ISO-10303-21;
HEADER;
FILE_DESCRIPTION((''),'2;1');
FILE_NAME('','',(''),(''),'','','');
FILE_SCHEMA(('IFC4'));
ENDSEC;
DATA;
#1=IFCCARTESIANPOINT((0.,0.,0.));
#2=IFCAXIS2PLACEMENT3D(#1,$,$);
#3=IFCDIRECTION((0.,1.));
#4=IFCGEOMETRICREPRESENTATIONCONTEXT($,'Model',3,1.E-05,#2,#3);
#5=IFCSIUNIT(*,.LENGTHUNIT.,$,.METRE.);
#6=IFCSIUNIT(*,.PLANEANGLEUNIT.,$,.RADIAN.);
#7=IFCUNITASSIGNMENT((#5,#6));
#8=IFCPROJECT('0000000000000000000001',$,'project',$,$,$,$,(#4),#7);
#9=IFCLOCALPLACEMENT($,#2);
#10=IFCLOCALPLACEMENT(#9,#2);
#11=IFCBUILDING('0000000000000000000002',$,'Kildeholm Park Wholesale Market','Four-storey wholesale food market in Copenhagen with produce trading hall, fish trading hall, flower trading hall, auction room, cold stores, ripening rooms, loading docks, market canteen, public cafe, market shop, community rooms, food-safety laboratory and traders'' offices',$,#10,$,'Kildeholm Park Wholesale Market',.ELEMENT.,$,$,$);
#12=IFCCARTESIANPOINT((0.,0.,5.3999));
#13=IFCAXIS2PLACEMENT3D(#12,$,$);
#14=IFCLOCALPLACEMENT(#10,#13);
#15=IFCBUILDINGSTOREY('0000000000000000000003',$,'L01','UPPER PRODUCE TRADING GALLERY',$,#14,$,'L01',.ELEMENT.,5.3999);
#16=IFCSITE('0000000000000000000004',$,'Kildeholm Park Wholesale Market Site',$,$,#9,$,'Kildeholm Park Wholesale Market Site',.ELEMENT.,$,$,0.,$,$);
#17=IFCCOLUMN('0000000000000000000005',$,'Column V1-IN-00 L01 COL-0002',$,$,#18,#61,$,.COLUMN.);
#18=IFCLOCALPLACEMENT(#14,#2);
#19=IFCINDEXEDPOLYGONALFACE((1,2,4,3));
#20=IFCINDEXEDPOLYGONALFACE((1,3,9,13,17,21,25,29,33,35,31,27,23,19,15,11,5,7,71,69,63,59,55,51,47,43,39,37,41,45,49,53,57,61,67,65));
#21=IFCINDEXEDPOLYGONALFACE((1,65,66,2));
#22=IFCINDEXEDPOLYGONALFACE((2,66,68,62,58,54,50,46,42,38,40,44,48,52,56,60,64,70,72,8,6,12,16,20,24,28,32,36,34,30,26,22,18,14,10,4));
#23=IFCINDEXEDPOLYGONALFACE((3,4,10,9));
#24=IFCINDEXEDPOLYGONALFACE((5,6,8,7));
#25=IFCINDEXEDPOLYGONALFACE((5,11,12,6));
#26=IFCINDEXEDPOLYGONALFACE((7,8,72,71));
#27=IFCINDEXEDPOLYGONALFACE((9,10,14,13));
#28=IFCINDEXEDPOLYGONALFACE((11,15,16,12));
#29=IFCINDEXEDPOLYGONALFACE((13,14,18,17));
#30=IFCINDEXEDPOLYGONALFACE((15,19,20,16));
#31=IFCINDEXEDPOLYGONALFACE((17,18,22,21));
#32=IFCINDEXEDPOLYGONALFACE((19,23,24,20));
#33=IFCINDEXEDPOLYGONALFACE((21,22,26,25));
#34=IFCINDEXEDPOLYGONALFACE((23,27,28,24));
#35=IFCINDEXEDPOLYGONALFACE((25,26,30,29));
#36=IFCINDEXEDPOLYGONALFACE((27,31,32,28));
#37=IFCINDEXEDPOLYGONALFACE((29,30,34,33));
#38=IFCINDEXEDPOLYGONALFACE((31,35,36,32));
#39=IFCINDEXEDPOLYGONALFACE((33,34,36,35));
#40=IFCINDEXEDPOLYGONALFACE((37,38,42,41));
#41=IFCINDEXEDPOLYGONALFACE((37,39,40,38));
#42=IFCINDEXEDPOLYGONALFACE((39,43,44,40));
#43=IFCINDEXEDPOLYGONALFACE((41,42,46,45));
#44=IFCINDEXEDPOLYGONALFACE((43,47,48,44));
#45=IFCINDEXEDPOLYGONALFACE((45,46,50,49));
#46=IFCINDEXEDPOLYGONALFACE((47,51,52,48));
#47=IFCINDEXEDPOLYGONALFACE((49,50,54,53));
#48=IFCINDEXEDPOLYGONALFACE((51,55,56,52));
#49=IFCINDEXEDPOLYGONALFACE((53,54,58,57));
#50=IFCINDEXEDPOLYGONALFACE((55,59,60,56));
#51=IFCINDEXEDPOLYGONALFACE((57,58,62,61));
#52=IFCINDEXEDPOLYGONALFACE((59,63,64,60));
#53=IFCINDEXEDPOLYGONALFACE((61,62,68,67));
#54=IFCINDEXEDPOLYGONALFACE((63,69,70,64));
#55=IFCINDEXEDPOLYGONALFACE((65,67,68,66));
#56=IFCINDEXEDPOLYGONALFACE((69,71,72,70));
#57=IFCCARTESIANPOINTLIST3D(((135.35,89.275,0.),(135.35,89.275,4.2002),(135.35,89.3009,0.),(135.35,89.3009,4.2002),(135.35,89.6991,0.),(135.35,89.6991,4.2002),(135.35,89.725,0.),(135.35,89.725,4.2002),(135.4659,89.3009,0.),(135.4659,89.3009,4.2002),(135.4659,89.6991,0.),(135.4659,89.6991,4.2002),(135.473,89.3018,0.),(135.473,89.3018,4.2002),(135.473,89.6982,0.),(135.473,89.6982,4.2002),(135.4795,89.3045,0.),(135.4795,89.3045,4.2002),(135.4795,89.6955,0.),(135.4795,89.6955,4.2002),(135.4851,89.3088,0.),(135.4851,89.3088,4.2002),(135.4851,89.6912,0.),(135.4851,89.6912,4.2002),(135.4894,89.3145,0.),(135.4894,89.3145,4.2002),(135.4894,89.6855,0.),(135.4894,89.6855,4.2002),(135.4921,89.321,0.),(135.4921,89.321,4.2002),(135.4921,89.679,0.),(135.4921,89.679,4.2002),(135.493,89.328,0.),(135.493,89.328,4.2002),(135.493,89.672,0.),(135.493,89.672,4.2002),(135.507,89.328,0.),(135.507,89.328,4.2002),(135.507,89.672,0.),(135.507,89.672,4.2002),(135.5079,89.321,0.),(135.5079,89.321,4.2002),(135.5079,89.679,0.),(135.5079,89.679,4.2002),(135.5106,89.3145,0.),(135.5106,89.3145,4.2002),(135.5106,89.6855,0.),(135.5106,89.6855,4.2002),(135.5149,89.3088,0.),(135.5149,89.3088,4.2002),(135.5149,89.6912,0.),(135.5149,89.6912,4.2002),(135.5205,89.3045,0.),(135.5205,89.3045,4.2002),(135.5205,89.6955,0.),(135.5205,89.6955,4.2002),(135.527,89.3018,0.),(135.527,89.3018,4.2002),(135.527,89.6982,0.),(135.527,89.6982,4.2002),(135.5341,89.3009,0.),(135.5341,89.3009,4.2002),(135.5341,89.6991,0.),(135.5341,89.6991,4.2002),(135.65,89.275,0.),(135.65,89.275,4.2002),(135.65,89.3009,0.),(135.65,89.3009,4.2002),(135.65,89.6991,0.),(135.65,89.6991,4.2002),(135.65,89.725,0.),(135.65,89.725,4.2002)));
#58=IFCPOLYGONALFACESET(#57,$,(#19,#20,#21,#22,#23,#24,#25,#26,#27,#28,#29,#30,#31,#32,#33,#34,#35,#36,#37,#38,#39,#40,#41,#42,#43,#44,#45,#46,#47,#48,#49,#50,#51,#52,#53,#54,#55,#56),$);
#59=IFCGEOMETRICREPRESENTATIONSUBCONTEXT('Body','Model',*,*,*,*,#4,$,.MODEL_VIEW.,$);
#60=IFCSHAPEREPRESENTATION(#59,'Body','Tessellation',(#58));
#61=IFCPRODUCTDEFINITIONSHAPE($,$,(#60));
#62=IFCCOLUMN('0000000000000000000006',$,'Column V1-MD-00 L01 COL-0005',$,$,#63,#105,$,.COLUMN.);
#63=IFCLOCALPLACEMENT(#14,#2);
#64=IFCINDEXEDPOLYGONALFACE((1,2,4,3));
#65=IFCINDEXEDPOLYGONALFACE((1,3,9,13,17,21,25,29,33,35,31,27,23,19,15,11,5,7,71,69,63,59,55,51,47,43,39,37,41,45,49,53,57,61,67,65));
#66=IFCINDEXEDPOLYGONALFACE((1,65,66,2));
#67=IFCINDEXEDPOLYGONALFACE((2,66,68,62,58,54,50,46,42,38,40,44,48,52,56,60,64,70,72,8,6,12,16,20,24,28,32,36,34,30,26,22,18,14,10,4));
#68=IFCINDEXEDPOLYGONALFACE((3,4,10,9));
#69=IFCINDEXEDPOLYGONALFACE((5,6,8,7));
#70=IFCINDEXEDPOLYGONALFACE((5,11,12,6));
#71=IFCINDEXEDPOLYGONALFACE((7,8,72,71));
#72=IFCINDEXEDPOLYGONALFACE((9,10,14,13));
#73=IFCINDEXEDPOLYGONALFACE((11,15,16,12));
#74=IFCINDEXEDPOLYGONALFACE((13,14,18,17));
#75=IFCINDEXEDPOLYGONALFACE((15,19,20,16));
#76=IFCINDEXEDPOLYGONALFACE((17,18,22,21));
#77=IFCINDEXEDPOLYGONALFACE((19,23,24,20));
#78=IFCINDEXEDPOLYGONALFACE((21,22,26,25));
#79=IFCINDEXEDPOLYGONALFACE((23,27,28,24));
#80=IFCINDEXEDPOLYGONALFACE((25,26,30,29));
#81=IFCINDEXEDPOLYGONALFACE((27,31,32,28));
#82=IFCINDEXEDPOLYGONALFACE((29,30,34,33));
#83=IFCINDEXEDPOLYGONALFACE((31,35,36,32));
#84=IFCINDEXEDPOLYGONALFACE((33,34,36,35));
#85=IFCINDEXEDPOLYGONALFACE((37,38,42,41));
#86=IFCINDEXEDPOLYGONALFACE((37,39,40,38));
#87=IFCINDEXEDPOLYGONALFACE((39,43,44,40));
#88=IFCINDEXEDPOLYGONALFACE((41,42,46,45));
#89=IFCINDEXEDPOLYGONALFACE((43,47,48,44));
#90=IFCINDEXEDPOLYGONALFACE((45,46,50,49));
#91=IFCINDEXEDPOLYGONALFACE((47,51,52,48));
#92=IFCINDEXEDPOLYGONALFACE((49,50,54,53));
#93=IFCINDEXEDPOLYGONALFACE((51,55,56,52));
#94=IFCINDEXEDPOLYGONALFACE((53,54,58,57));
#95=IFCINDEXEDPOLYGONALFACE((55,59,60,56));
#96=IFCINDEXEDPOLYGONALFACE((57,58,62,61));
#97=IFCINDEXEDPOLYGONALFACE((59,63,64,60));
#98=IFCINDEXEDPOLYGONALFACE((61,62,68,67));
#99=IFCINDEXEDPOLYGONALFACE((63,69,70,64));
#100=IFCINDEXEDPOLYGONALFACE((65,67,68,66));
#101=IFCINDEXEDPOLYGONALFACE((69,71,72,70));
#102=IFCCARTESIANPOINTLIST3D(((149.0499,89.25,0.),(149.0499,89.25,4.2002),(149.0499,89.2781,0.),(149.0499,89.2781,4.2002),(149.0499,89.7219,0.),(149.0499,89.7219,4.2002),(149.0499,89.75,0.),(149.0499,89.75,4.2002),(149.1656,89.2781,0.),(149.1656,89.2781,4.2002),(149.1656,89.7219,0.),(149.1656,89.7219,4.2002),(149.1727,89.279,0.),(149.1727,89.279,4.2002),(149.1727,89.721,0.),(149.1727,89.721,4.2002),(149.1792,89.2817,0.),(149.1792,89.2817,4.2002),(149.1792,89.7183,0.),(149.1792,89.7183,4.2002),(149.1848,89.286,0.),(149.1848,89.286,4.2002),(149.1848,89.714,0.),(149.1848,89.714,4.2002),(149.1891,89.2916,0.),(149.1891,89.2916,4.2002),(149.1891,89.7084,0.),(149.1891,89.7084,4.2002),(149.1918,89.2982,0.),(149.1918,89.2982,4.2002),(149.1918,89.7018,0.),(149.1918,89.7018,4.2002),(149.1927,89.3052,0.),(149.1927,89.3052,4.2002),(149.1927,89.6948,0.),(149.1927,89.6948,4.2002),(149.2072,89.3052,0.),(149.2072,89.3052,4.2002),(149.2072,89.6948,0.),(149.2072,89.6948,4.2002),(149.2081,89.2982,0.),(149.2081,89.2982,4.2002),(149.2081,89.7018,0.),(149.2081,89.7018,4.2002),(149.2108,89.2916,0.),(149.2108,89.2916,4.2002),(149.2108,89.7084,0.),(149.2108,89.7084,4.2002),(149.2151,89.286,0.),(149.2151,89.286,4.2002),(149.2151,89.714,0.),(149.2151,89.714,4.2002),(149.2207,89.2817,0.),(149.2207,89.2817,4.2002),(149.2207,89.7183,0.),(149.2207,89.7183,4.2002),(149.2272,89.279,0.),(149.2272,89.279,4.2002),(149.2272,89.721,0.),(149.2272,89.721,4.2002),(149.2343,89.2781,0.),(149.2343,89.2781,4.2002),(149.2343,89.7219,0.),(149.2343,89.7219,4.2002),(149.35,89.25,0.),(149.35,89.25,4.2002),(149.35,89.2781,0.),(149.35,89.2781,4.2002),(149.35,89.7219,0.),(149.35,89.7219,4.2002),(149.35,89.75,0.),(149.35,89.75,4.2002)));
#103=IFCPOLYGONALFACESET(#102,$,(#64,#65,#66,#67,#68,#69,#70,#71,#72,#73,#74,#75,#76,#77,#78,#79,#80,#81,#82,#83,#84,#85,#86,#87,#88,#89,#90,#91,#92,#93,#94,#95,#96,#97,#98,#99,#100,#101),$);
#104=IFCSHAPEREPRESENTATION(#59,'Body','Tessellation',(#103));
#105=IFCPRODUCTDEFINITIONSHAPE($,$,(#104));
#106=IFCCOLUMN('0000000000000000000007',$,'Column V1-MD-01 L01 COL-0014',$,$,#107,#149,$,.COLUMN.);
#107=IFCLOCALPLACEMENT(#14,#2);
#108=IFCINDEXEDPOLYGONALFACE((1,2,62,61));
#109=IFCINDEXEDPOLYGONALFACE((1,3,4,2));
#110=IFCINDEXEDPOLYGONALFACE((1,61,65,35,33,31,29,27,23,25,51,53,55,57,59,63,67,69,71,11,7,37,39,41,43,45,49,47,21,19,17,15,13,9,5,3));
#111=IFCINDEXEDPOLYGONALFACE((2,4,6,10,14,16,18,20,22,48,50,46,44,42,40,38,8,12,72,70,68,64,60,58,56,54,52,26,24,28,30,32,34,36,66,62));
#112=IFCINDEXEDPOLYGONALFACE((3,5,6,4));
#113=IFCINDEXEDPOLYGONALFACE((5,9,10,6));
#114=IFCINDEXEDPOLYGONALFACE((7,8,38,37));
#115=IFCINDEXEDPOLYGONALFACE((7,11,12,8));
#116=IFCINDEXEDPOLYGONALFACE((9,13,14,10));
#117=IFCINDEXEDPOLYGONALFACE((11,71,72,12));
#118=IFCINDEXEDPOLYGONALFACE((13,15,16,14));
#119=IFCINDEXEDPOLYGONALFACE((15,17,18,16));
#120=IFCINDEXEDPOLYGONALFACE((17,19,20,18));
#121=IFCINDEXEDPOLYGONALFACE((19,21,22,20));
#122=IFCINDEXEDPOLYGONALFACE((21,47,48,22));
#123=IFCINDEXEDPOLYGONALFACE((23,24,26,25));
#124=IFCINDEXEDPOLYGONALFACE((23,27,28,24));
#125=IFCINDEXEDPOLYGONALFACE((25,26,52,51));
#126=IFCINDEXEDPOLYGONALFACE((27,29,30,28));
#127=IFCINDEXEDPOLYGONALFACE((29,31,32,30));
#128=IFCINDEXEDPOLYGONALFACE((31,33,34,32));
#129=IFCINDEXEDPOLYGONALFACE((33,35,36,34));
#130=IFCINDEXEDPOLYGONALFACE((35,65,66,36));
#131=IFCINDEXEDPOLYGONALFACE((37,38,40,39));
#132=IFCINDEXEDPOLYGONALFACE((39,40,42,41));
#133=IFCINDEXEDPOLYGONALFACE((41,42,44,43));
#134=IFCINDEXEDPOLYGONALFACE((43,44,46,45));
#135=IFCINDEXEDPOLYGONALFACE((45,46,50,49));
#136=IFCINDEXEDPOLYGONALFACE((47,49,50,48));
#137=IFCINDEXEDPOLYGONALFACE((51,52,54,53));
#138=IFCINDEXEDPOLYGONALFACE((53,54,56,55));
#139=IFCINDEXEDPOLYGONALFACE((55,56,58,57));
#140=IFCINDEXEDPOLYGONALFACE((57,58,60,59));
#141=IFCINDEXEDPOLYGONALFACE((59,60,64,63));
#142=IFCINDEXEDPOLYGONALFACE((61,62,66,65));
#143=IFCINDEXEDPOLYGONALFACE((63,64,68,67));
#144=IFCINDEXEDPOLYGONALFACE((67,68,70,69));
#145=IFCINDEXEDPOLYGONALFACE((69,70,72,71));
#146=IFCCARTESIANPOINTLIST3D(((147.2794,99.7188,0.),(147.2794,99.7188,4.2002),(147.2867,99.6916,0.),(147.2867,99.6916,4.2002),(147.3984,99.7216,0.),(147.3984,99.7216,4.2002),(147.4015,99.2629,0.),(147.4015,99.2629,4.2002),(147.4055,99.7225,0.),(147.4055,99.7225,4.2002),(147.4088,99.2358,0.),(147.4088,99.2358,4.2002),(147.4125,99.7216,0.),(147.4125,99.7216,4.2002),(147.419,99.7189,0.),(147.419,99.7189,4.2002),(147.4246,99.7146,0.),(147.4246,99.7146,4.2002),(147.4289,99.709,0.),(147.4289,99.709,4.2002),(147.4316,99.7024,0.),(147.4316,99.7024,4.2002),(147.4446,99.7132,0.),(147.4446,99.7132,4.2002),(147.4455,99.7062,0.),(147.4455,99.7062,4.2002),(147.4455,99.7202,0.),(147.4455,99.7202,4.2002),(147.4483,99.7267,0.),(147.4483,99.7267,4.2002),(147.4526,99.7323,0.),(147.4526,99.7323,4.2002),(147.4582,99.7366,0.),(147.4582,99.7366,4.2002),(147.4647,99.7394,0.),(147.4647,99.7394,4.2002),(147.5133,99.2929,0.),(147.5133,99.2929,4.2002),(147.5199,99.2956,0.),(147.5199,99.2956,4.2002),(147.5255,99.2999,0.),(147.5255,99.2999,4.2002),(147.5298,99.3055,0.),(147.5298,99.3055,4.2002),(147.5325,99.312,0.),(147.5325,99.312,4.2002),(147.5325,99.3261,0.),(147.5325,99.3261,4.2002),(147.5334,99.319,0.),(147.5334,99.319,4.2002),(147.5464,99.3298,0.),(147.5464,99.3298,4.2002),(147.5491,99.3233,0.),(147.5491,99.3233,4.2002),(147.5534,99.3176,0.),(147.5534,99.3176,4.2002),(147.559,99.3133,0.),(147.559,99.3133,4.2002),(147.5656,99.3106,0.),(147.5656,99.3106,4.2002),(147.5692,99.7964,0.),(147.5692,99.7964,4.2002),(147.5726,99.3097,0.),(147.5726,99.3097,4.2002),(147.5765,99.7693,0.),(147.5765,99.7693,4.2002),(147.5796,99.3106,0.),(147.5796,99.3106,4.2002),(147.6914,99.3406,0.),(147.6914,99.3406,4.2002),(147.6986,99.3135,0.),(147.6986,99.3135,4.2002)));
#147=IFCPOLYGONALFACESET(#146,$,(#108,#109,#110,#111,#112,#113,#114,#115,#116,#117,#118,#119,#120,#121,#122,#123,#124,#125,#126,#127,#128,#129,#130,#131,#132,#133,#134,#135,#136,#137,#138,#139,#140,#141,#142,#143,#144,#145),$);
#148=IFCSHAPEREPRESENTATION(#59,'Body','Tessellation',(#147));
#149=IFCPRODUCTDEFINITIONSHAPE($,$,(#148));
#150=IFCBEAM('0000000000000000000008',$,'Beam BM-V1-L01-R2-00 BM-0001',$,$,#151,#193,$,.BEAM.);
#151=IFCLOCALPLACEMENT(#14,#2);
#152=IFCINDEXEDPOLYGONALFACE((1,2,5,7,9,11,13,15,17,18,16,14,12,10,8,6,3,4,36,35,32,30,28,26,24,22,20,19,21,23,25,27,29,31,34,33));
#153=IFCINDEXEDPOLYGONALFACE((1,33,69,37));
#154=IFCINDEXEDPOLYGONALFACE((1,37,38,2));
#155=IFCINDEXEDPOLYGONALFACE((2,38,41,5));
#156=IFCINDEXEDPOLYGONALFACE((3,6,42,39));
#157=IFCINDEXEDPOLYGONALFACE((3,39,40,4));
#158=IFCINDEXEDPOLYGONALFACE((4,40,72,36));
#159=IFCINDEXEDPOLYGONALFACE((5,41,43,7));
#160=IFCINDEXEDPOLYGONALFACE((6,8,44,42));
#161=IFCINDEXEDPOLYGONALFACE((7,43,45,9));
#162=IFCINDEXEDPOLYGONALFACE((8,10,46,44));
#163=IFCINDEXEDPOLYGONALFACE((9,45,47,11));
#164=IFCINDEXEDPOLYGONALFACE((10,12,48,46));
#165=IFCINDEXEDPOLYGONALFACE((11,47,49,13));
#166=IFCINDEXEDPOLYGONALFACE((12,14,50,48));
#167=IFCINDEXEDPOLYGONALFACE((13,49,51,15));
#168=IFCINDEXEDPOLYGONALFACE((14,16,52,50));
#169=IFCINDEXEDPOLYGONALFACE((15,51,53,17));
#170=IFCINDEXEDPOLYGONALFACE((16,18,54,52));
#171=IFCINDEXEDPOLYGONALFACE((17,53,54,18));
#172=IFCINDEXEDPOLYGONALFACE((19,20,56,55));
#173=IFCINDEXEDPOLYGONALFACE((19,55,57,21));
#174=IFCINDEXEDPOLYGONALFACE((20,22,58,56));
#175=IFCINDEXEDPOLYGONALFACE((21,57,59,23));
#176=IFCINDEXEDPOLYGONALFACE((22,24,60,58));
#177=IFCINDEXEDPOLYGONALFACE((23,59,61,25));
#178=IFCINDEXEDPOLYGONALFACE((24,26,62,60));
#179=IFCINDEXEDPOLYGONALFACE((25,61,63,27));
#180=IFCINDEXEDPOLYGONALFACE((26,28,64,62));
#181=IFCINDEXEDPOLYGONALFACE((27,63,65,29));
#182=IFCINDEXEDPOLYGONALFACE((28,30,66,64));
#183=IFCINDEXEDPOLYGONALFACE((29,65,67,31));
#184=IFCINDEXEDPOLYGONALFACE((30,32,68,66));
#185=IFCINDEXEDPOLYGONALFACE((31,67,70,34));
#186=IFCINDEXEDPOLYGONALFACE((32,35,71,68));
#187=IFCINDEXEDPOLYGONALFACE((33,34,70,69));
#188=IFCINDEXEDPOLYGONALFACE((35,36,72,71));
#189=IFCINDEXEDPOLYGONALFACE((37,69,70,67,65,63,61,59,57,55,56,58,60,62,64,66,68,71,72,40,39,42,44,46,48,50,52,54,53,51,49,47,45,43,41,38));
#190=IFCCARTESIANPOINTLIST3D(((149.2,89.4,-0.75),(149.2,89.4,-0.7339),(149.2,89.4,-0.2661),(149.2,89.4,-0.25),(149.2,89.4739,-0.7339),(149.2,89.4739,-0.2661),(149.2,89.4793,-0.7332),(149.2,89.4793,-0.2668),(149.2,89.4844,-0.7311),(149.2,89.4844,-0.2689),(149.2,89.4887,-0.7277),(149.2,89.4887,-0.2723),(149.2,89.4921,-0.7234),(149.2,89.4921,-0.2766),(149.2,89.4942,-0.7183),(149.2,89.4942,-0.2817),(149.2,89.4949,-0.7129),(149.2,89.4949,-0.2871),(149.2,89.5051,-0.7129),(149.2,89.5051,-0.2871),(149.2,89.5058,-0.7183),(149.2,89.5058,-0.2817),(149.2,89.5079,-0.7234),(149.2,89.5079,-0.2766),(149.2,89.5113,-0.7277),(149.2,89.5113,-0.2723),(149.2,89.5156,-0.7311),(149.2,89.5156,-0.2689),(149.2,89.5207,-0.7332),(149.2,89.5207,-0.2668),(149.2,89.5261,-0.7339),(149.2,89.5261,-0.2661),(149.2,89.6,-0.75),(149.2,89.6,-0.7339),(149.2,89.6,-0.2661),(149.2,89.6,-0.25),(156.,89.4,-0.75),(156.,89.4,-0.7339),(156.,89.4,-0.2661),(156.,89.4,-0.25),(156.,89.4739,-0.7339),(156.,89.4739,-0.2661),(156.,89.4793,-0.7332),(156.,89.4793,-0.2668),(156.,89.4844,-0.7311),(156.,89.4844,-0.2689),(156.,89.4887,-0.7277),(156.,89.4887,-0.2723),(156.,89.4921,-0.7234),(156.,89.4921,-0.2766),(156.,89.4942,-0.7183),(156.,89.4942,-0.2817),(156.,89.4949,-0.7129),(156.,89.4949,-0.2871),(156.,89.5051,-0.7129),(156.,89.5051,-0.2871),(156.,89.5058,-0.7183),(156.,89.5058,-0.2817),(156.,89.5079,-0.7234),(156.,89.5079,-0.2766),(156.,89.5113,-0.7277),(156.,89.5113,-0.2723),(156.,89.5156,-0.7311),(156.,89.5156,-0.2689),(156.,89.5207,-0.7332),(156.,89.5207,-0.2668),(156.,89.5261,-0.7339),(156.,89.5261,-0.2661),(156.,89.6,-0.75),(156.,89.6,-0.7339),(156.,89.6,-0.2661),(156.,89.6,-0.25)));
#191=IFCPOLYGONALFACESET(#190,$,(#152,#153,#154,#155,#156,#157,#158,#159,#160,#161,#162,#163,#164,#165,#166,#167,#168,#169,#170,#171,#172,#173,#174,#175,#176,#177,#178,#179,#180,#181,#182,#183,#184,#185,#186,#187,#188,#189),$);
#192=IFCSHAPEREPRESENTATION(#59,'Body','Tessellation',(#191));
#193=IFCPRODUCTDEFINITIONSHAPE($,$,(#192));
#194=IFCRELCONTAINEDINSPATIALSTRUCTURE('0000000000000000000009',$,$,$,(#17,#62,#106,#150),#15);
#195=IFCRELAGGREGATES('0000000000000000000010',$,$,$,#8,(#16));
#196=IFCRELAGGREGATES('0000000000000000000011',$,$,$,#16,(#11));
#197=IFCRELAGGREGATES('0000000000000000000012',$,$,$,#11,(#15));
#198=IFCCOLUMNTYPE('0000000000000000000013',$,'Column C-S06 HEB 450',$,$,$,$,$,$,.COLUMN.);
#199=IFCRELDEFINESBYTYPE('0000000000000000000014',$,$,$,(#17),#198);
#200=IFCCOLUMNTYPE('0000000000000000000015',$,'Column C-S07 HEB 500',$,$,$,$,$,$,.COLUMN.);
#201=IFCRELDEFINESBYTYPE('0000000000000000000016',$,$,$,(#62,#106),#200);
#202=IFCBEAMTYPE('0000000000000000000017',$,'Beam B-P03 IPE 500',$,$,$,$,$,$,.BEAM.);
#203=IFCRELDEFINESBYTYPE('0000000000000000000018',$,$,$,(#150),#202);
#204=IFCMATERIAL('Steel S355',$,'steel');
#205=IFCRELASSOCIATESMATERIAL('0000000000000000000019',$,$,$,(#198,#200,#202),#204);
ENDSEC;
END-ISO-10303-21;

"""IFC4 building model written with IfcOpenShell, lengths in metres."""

from ifc_helpers import new_model, si_unit, direction, frame, origin, origin_2d, place, context, subcontext, project, spatial, i_section, extrude, material, material_profile, profile_set, type_object, element, save


model = new_model("IFC4")

# Units and contexts
model_context = context("Model", 3, precision=1e-05, world=origin(), true_north=direction((0.0, 1.0)))
body_context = subcontext(model_context, "Body", "Model", "MODEL_VIEW")
ifc_project = project(units=[si_unit("LENGTHUNIT", "METRE"), si_unit("PLANEANGLEUNIT", "RADIAN")], contexts=[model_context])

# Site, building, storey
site_placement = place(None, origin())
site = spatial("IfcSite", under=ifc_project, at=site_placement, Name="Kildeholm Park Wholesale Market Site", LongName="Kildeholm Park Wholesale Market Site", CompositionType="ELEMENT", RefElevation=0.0)
building_placement = place(site_placement, origin())
building = spatial("IfcBuilding", under=site, at=building_placement, Name="Kildeholm Park Wholesale Market", Description="Four-storey wholesale food market in Copenhagen with produce trading hall, fish trading hall, flower trading hall, auction room, cold stores, ripening rooms, loading docks, market canteen, public cafe, market shop, community rooms, food-safety laboratory and traders' offices", LongName="Kildeholm Park Wholesale Market", CompositionType="ELEMENT")
storey_placement = place(building_placement, frame((0.0, 0.0, 5.3999)))
storey = spatial("IfcBuildingStorey", under=building, at=storey_placement, Name="L01", Description="UPPER PRODUCE TRADING GALLERY", LongName="L01", CompositionType="ELEMENT", Elevation=5.3999)

# Columns
ifc_material_1 = material(Name="Steel S355", Category="steel")
ifc_material_profile_1 = material_profile(ifc_material_1, i_section(OverallWidth=0.3, OverallDepth=0.45, WebThickness=0.0139, FlangeThickness=0.0259, FilletRadius=0.0271, at=origin_2d()), Name="HEB 450")
ifc_profile_set_1 = profile_set([ifc_material_profile_1], Name="Steel S355")
column_type_1 = type_object("IfcColumnType", Name="Column C-S06 HEB 450", PredefinedType="COLUMN", material=ifc_profile_set_1)
column_placement = place(storey_placement, frame((135.5, 89.5, 0.0), z_axis=(0.0, 0.0, 1.0), x_axis=(1.0, 0.0, 0.0)))
element("IfcColumn", 1, at=column_placement, inside=storey, type_object=column_type_1, Name="Column V1-IN-00 L01 COL-0002", PredefinedType="COLUMN", context=body_context, shape_type="SweptSolid", body=[
    extrude(i_section(OverallWidth=0.3, OverallDepth=0.45, WebThickness=0.0139, FlangeThickness=0.0259, FilletRadius=0.0271, at=origin_2d()), origin(), (0.0, 0.0, 1.0), 4.2002),
])
ifc_material_profile_2 = material_profile(ifc_material_1, i_section(OverallWidth=0.3, OverallDepth=0.5, WebThickness=0.0144, FlangeThickness=0.0281, FilletRadius=0.0271, at=origin_2d()), Name="HEB 500")
ifc_profile_set_2 = profile_set([ifc_material_profile_2], Name="Steel S355")
column_type_2 = type_object("IfcColumnType", Name="Column C-S07 HEB 500", PredefinedType="COLUMN", material=ifc_profile_set_2)
for number, where, z_axis, x_axis, name in (
    (2, (149.2, 89.5, 0.0), (0.0, 0.0, 1.0), (1.0, 0.0, 0.0), "Column V1-MD-00 L01 COL-0005"),
    (3, (147.489, 99.5161, 0.0), (0.0, 0.0, 1.0), (0.965926, 0.258819, 0.0), "Column V1-MD-01 L01 COL-0014"),
):
    element("IfcColumn", number, at=place(storey_placement, frame(where, z_axis=z_axis, x_axis=x_axis)), inside=storey, type_object=column_type_2, Name=name, PredefinedType="COLUMN", context=body_context, shape_type="SweptSolid", body=[
        extrude(i_section(OverallWidth=0.3, OverallDepth=0.5, WebThickness=0.0144, FlangeThickness=0.0281, FilletRadius=0.0271, at=origin_2d()), origin(), (0.0, 0.0, 1.0), 4.2002),
    ])

# Beam
ifc_material_profile_3 = material_profile(ifc_material_1, i_section(OverallWidth=0.2, OverallDepth=0.5, WebThickness=0.0103, FlangeThickness=0.0161, FilletRadius=0.021, at=origin_2d()), Name="IPE 500")
ifc_profile_set_3 = profile_set([ifc_material_profile_3], Name="Steel S355")
beam_type_1 = type_object("IfcBeamType", Name="Beam B-P03 IPE 500", PredefinedType="BEAM", material=ifc_profile_set_3)
beam_1_placement = place(storey_placement, frame((149.2, 89.5, -0.5), z_axis=(1.0, 0.0, 0.0), x_axis=(0.0, 1.0, 0.0)))
element("IfcBeam", 4, at=beam_1_placement, inside=storey, type_object=beam_type_1, Name="Beam BM-V1-L01-R2-00 BM-0001", PredefinedType="BEAM", context=body_context, shape_type="SweptSolid", body=[
    extrude(i_section(OverallWidth=0.2, OverallDepth=0.5, WebThickness=0.0103, FlangeThickness=0.0161, FilletRadius=0.021, at=origin_2d()), origin(), (0.0, 0.0, 1.0), 6.8),
])

save(model, "model.ifc")
